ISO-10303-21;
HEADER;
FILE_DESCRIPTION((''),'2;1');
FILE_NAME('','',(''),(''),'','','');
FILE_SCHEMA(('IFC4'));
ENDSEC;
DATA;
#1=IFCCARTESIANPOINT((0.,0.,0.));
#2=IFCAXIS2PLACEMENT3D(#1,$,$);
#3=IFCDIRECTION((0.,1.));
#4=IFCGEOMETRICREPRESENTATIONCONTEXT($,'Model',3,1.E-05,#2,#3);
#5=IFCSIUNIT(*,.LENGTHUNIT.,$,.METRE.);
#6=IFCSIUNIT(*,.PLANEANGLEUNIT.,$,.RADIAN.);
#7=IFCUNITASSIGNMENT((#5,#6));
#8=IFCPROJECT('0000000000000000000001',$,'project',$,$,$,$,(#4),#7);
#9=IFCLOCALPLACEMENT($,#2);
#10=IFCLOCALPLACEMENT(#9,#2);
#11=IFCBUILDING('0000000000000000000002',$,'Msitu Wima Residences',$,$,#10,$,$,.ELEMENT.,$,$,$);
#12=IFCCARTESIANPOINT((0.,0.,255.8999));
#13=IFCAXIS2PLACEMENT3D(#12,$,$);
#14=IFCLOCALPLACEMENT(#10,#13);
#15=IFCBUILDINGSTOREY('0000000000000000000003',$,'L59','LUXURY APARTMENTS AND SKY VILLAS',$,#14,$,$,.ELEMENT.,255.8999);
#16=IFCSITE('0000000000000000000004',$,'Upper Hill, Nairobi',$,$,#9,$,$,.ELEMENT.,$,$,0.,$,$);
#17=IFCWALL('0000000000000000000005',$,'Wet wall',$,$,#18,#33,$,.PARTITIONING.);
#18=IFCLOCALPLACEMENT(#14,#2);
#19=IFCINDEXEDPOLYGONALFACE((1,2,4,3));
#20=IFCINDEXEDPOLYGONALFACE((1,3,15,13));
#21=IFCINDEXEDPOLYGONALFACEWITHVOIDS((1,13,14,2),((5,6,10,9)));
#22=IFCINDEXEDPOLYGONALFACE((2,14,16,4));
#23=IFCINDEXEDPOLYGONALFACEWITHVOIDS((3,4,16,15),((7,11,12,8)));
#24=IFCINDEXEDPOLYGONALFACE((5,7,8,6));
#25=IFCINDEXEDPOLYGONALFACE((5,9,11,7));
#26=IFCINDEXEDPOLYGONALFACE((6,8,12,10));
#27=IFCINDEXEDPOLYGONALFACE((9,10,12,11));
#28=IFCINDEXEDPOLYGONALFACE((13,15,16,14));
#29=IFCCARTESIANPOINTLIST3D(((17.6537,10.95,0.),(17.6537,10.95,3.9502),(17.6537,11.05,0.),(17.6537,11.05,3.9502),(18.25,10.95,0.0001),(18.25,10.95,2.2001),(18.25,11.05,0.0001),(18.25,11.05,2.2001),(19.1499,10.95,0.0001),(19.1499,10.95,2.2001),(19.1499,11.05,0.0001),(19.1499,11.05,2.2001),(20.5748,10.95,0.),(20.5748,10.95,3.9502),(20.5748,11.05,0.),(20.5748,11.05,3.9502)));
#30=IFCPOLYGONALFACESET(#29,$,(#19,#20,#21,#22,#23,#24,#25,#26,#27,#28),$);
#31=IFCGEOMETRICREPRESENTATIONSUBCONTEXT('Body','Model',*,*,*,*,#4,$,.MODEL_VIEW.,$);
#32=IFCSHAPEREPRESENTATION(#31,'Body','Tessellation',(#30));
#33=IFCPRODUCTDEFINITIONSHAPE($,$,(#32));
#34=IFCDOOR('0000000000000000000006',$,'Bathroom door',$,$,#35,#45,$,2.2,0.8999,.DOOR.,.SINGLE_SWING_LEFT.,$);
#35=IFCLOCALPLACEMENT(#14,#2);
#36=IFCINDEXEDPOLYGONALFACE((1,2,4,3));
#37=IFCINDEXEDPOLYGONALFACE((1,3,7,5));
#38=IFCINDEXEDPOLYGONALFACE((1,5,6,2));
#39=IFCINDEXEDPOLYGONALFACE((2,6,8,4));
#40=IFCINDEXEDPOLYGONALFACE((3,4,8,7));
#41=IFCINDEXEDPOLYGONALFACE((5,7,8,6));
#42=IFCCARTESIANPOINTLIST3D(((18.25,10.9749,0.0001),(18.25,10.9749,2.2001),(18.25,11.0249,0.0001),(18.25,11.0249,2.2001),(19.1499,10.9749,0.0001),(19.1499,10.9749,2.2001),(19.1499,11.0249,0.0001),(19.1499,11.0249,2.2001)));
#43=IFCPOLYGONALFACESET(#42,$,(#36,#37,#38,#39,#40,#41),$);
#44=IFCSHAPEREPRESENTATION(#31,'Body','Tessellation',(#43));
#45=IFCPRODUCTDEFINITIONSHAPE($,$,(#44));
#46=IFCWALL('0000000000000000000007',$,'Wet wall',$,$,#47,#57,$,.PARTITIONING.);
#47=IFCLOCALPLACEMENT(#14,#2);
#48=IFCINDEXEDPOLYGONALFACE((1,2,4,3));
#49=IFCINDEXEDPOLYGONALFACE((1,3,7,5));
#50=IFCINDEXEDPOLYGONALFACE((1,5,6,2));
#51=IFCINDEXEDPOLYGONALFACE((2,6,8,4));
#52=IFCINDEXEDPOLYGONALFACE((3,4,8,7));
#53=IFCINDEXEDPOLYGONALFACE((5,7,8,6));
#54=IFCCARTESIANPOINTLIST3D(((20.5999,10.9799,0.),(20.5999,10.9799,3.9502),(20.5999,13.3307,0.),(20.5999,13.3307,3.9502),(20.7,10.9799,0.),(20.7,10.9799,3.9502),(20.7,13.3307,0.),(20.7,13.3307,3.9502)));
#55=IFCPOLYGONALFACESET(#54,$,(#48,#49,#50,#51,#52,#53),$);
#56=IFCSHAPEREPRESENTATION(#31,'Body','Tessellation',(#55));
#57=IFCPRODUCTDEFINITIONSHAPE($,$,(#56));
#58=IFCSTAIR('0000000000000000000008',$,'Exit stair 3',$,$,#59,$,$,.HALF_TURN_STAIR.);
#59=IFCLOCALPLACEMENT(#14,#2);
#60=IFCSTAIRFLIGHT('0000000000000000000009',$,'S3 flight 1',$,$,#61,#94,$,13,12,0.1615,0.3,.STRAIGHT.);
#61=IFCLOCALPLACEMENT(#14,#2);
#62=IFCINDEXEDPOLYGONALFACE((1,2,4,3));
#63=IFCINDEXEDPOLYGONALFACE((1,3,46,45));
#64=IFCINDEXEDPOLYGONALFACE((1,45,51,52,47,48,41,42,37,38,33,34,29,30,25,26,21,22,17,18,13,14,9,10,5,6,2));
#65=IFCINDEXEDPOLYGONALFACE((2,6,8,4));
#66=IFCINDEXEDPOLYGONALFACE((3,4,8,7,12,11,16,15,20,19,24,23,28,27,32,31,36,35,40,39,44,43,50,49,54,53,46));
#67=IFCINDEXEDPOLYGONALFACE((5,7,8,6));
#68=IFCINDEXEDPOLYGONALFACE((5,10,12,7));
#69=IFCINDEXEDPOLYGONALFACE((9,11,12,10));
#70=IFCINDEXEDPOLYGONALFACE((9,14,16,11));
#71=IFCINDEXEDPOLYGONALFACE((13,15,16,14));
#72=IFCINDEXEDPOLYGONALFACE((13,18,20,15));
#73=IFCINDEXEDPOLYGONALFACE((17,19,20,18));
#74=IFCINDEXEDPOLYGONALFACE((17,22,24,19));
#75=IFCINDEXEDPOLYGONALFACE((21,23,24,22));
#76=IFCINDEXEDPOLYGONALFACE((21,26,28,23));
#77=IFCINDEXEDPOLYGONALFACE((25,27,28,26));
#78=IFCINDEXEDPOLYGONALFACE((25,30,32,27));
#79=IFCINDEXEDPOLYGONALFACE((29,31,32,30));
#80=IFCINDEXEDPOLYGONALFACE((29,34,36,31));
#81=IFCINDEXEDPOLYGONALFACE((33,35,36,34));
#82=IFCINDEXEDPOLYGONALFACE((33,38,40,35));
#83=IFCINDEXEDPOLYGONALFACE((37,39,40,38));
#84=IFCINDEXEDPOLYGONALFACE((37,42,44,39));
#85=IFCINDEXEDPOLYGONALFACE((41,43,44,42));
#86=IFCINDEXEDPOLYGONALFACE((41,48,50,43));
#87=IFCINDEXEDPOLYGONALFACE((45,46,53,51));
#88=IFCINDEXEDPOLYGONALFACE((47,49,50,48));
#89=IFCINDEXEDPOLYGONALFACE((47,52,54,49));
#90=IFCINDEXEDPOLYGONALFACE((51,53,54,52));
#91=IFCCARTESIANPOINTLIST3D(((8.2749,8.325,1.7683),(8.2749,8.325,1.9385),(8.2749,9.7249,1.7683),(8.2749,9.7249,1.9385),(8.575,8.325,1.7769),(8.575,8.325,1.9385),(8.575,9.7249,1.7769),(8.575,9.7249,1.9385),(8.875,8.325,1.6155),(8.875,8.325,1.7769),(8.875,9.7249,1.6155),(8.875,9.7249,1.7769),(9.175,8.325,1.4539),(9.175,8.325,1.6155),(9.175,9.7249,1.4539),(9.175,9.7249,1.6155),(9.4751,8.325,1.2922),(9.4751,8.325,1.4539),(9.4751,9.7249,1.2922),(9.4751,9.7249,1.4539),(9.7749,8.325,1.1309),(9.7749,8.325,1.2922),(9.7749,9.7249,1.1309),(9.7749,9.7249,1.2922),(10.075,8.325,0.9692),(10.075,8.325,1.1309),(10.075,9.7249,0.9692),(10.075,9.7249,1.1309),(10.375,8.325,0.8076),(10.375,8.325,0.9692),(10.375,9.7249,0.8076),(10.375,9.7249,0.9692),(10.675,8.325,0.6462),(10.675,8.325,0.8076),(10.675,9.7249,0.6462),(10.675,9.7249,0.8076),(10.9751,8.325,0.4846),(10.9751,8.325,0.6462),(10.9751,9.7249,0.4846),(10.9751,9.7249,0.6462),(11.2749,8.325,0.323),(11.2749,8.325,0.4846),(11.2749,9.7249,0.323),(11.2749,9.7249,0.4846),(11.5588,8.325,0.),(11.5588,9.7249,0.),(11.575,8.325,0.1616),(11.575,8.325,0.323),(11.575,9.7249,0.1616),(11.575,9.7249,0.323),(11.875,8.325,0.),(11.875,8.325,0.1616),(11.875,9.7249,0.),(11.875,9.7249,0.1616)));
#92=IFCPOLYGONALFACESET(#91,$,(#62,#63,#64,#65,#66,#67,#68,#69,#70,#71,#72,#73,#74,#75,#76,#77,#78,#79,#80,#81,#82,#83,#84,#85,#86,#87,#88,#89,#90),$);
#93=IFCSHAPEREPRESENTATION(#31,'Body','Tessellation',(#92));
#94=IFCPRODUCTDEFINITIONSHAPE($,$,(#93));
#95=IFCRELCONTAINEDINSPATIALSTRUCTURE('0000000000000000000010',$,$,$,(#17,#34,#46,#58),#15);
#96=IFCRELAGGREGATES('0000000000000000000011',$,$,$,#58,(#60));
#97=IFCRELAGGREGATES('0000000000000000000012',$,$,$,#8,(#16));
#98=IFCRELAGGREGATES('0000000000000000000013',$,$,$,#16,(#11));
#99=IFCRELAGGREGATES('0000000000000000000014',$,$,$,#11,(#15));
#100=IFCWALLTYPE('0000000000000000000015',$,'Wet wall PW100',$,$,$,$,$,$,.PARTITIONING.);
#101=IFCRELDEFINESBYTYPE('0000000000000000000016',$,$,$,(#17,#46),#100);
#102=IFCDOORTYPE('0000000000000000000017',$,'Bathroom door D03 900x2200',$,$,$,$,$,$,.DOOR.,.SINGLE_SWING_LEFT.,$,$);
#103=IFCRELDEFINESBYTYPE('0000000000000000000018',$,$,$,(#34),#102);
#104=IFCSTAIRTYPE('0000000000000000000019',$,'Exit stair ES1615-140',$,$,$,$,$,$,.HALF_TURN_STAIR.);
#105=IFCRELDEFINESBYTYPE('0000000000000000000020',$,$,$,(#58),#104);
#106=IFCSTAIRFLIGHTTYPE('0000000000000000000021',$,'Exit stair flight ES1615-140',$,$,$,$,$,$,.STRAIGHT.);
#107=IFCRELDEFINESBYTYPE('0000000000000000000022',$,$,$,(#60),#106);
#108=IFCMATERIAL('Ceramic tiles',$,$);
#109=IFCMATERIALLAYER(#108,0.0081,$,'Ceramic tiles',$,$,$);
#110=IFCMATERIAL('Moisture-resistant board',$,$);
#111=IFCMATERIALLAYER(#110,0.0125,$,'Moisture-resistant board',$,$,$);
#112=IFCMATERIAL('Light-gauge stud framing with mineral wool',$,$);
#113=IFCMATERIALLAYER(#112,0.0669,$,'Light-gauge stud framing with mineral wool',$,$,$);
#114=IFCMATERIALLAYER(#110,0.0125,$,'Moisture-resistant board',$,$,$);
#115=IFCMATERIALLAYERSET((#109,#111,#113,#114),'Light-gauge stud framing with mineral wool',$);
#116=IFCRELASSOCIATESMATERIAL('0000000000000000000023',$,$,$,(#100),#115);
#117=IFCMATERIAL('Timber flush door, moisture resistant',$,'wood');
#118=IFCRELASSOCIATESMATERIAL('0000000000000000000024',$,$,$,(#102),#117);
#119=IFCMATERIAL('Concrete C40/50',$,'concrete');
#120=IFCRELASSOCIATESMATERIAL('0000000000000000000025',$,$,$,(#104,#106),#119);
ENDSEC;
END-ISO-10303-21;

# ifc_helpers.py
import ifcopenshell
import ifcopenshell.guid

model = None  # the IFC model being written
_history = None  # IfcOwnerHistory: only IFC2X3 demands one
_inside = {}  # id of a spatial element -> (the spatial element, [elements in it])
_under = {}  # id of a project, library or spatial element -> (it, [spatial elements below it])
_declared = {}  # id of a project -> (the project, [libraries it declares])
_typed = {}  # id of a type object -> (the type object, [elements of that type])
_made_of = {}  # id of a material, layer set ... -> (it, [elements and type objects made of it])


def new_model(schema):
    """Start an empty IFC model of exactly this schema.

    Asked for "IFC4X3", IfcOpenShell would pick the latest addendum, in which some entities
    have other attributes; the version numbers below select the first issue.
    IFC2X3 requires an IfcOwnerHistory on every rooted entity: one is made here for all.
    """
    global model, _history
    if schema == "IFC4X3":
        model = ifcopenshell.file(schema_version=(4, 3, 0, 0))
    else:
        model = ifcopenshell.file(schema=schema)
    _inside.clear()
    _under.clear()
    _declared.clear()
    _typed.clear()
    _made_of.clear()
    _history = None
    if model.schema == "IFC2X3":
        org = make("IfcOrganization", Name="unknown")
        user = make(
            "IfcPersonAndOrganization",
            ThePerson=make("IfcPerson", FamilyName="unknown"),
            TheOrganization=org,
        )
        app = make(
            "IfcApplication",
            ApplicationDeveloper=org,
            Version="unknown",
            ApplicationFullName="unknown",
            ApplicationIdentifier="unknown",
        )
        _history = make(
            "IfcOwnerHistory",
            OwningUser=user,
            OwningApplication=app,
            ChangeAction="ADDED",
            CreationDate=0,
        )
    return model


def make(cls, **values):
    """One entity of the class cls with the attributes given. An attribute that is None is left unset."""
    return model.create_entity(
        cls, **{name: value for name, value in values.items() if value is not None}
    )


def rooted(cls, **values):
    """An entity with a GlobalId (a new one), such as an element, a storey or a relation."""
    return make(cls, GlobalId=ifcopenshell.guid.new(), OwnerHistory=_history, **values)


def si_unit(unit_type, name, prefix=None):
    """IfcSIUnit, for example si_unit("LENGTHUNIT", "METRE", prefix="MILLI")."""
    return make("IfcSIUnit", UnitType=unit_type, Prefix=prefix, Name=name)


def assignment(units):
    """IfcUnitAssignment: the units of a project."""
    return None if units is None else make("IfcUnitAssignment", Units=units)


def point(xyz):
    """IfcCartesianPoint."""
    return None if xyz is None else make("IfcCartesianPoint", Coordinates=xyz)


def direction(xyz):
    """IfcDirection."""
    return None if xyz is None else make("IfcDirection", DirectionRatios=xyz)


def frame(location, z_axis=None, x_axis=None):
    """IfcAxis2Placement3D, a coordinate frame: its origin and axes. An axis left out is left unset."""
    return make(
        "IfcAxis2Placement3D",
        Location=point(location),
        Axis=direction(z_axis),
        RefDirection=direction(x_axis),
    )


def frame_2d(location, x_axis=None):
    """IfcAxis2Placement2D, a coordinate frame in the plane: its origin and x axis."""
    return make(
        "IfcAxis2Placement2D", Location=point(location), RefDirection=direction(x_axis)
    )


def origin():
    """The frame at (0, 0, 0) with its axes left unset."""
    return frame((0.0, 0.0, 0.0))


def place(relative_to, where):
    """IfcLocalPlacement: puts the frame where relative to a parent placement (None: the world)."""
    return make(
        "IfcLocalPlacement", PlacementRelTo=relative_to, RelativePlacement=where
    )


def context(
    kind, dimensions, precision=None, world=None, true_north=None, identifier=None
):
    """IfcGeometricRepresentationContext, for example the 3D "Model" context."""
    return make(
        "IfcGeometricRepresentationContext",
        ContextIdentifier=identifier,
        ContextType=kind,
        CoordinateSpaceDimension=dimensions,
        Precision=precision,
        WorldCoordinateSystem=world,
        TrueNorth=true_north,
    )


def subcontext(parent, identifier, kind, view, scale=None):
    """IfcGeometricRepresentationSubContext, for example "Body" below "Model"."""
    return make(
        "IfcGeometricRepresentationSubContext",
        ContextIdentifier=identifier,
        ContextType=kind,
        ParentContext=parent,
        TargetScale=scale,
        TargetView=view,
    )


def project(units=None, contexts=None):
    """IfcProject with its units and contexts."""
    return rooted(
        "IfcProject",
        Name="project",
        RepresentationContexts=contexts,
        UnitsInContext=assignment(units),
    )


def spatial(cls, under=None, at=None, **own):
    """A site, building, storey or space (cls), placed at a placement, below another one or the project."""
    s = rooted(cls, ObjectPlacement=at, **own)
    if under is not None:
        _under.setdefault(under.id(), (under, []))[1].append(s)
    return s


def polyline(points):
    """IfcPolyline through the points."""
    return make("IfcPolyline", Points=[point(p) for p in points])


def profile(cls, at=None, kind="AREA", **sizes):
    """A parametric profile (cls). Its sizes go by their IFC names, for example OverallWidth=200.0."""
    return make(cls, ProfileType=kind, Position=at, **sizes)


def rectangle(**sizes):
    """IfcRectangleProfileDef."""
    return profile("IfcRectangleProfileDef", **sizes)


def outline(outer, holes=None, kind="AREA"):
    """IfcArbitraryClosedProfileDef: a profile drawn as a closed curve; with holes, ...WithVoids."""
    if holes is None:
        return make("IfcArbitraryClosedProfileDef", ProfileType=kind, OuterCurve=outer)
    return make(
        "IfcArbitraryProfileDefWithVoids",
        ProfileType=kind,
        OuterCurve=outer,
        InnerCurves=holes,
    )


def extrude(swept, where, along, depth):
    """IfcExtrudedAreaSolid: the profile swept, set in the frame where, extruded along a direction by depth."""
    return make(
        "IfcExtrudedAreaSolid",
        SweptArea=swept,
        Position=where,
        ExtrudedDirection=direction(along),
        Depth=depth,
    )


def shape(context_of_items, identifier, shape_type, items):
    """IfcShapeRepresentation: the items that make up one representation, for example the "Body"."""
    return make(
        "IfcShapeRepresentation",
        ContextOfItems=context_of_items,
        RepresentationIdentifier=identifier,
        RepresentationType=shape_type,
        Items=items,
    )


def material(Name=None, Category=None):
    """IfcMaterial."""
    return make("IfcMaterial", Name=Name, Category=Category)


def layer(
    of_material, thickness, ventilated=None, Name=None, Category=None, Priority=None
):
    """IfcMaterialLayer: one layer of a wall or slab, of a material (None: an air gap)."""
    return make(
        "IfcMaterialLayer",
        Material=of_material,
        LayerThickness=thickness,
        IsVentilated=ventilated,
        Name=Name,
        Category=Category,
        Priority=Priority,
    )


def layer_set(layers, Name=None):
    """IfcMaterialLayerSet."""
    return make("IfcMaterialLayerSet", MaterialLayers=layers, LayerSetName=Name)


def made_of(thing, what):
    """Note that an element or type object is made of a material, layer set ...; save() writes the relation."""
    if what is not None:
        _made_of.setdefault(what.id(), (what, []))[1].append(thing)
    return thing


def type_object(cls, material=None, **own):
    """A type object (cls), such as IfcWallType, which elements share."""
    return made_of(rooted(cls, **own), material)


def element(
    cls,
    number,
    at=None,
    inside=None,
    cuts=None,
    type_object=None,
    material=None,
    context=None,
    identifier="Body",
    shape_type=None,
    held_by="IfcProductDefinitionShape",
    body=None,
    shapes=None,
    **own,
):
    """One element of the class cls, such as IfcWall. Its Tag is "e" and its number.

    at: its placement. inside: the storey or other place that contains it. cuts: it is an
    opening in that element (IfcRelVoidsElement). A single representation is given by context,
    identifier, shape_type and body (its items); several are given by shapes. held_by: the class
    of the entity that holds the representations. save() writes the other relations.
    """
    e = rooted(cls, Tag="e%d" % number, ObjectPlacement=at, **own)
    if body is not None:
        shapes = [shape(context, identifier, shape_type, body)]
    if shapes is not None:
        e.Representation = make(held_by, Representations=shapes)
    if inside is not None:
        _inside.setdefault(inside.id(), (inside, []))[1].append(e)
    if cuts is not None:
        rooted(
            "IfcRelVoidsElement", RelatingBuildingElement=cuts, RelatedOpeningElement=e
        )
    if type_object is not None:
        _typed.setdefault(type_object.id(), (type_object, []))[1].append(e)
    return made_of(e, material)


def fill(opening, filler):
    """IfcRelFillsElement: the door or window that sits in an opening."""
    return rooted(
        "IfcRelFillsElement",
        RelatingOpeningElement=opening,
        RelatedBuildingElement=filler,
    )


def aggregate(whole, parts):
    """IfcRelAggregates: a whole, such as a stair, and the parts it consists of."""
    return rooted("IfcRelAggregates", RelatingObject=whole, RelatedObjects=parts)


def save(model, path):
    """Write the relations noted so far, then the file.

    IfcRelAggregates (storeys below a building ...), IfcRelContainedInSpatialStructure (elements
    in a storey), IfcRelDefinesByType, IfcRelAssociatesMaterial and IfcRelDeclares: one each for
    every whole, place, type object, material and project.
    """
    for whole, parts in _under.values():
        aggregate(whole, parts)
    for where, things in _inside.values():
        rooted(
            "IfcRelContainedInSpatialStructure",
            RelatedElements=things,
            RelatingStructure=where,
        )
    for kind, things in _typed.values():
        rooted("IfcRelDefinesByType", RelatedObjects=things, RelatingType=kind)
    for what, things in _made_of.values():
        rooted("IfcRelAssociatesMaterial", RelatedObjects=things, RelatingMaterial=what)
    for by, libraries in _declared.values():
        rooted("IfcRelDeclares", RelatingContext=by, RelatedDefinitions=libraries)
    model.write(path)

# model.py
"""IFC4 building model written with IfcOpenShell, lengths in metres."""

from ifc_helpers import new_model, si_unit, direction, frame, frame_2d, origin, place, context, subcontext, project, spatial, polyline, rectangle, outline, extrude, material, layer, layer_set, type_object, element, fill, aggregate, save


model = new_model("IFC4")

# Units and contexts
model_context = context("Model", 3, precision=1e-05, world=origin(), true_north=direction((0.0, 1.0)))
body_context = subcontext(model_context, "Body", "Model", "MODEL_VIEW")
ifc_project = project(units=[si_unit("LENGTHUNIT", "METRE"), si_unit("PLANEANGLEUNIT", "RADIAN")], contexts=[model_context])

# Site, building, storey
site_placement = place(None, origin())
site = spatial("IfcSite", under=ifc_project, at=site_placement, Name="Upper Hill, Nairobi", CompositionType="ELEMENT", RefElevation=0.0)
building_placement = place(site_placement, origin())
building = spatial("IfcBuilding", under=site, at=building_placement, Name="Msitu Wima Residences", CompositionType="ELEMENT")
storey_placement = place(building_placement, frame((0.0, 0.0, 255.8999)))
storey = spatial("IfcBuildingStorey", under=building, at=storey_placement, Name="L59", Description="LUXURY APARTMENTS AND SKY VILLAS", CompositionType="ELEMENT", Elevation=255.8999)

# Shared definitions
ifc_material_1 = material(Name="Concrete C40/50", Category="concrete")

# Shared definitions
ifc_material_2 = material(Name="Ceramic tiles")
ifc_layer_1 = layer(ifc_material_2, 0.0081, Name="Ceramic tiles")
ifc_material_3 = material(Name="Moisture-resistant board")
ifc_layer_2 = layer(ifc_material_3, 0.0125, Name="Moisture-resistant board")
ifc_material_4 = material(Name="Light-gauge stud framing with mineral wool")
ifc_layer_3 = layer(ifc_material_4, 0.0669, Name="Light-gauge stud framing with mineral wool")
ifc_layer_4 = layer(ifc_material_3, 0.0125, Name="Moisture-resistant board")
ifc_layer_set_1 = layer_set([ifc_layer_1, ifc_layer_2, ifc_layer_3, ifc_layer_4], Name="Light-gauge stud framing with mineral wool")
wall_type_1 = type_object("IfcWallType", Name="Wet wall PW100", PredefinedType="PARTITIONING", material=ifc_layer_set_1)

# Wall, opening, door
wall_1_placement = place(storey_placement, frame((17.6538, 11.0, 0.0), z_axis=(0.0, 0.0, 1.0), x_axis=(1.0, 0.0, 0.0)))
wall_1 = element("IfcWall", 1, at=wall_1_placement, inside=storey, type_object=wall_type_1, Name="Wet wall", PredefinedType="PARTITIONING", context=body_context, shape_type="SweptSolid", body=[
    extrude(rectangle(XDim=2.9211, YDim=0.1001, at=frame_2d((1.4604, 0.0))), origin(), (0.0, 0.0, 1.0), 3.9502),
])
opening_1_placement = place(wall_1_placement, frame((0.5962, 0.0, 0.0)))
opening_1 = element("IfcOpeningElement", 2, at=opening_1_placement, cuts=wall_1, PredefinedType="OPENING", context=body_context, shape_type="SweptSolid", body=[
    extrude(rectangle(XDim=0.8999, YDim=2.2, at=frame_2d((0.45, 1.1001))), frame((0.0, 0.0601, 0.0), z_axis=(0.0, -1.0, 0.0), x_axis=(1.0, 0.0, 0.0)), (0.0, 0.0, 1.0), 0.1201),
])
ifc_material_5 = material(Name="Timber flush door, moisture resistant", Category="wood")
door_type_1 = type_object("IfcDoorType", Name="Bathroom door D03 900x2200", OperationType="SINGLE_SWING_LEFT", PredefinedType="DOOR", material=ifc_material_5)
door_1_placement = place(opening_1_placement, origin())
door_1 = element("IfcDoor", 3, at=door_1_placement, inside=storey, type_object=door_type_1, Name="Bathroom door", OperationType="SINGLE_SWING_LEFT", OverallHeight=2.2, OverallWidth=0.8999, PredefinedType="DOOR", context=body_context, shape_type="SweptSolid", body=[
    extrude(rectangle(XDim=0.8999, YDim=2.2, at=frame_2d((0.45, 1.1001))), frame((0.0, 0.0249, 0.0), z_axis=(0.0, -1.0, 0.0), x_axis=(1.0, 0.0, 0.0)), (0.0, 0.0, 1.0), 0.05),
])
fill(opening_1, door_1)

# Wall
wall_2_placement = place(storey_placement, frame((20.6499, 10.98, 0.0), z_axis=(0.0, 0.0, 1.0), x_axis=(0.0, 1.0, 0.0)))
element("IfcWall", 4, at=wall_2_placement, inside=storey, type_object=wall_type_1, Name="Wet wall", PredefinedType="PARTITIONING", context=body_context, shape_type="SweptSolid", body=[
    extrude(rectangle(XDim=2.3508, YDim=0.1001, at=frame_2d((1.1753, 0.0))), origin(), (0.0, 0.0, 1.0), 3.9502),
])

# Stair, stair flight
stair_type = type_object("IfcStairType", Name="Exit stair ES1615-140", PredefinedType="HALF_TURN_STAIR", material=ifc_material_1)
stair_placement = place(storey_placement, origin())
stair = element("IfcStair", 5, at=stair_placement, inside=storey, type_object=stair_type, Name="Exit stair 3", PredefinedType="HALF_TURN_STAIR")
stair_flight_type = type_object("IfcStairFlightType", Name="Exit stair flight ES1615-140", PredefinedType="STRAIGHT", material=ifc_material_1)
stair_flight_placement = place(storey_placement, frame((11.875, 9.0249, 0.0), z_axis=(0.0, 0.0, 1.0), x_axis=(-1.0, 0.0, 0.0)))
stair_flight = element("IfcStairFlight", 6, at=stair_flight_placement, type_object=stair_flight_type, Name="S3 flight 1", NumberOfRisers=13, NumberOfTreads=12, PredefinedType="STRAIGHT", RiserHeight=0.1615, TreadLength=0.3, context=body_context, shape_type="SweptSolid", body=[
    extrude(outline(polyline([(0.0, 0.0), (0.0, 0.1616), (0.3, 0.1616), (0.3, 0.323), (0.6001, 0.323), (0.6001, 0.4846), (0.8999, 0.4846), (0.8999, 0.6462), (1.2, 0.6462), (1.2, 0.8076), (1.5, 0.8076), (1.5, 0.9692), (1.8, 0.9692), (1.8, 1.1309), (2.1001, 1.1309), (2.1001, 1.2922), (2.3999, 1.2922), (2.3999, 1.4539), (2.7, 1.4539), (2.7, 1.6155), (3.0, 1.6155), (3.0, 1.7769), (3.3, 1.7769), (3.3, 1.9385), (3.6001, 1.9385), (3.6001, 2.1001), (3.6001, 1.7683), (0.3162, 0.0), (0.0, 0.0)])), frame((0.0, 0.7, 0.0), z_axis=(0.0, -1.0, 0.0), x_axis=(1.0, 0.0, 0.0)), (0.0, 0.0, 1.0), 1.3999),
])
aggregate(stair, [stair_flight])

save(model, "model.ifc")
